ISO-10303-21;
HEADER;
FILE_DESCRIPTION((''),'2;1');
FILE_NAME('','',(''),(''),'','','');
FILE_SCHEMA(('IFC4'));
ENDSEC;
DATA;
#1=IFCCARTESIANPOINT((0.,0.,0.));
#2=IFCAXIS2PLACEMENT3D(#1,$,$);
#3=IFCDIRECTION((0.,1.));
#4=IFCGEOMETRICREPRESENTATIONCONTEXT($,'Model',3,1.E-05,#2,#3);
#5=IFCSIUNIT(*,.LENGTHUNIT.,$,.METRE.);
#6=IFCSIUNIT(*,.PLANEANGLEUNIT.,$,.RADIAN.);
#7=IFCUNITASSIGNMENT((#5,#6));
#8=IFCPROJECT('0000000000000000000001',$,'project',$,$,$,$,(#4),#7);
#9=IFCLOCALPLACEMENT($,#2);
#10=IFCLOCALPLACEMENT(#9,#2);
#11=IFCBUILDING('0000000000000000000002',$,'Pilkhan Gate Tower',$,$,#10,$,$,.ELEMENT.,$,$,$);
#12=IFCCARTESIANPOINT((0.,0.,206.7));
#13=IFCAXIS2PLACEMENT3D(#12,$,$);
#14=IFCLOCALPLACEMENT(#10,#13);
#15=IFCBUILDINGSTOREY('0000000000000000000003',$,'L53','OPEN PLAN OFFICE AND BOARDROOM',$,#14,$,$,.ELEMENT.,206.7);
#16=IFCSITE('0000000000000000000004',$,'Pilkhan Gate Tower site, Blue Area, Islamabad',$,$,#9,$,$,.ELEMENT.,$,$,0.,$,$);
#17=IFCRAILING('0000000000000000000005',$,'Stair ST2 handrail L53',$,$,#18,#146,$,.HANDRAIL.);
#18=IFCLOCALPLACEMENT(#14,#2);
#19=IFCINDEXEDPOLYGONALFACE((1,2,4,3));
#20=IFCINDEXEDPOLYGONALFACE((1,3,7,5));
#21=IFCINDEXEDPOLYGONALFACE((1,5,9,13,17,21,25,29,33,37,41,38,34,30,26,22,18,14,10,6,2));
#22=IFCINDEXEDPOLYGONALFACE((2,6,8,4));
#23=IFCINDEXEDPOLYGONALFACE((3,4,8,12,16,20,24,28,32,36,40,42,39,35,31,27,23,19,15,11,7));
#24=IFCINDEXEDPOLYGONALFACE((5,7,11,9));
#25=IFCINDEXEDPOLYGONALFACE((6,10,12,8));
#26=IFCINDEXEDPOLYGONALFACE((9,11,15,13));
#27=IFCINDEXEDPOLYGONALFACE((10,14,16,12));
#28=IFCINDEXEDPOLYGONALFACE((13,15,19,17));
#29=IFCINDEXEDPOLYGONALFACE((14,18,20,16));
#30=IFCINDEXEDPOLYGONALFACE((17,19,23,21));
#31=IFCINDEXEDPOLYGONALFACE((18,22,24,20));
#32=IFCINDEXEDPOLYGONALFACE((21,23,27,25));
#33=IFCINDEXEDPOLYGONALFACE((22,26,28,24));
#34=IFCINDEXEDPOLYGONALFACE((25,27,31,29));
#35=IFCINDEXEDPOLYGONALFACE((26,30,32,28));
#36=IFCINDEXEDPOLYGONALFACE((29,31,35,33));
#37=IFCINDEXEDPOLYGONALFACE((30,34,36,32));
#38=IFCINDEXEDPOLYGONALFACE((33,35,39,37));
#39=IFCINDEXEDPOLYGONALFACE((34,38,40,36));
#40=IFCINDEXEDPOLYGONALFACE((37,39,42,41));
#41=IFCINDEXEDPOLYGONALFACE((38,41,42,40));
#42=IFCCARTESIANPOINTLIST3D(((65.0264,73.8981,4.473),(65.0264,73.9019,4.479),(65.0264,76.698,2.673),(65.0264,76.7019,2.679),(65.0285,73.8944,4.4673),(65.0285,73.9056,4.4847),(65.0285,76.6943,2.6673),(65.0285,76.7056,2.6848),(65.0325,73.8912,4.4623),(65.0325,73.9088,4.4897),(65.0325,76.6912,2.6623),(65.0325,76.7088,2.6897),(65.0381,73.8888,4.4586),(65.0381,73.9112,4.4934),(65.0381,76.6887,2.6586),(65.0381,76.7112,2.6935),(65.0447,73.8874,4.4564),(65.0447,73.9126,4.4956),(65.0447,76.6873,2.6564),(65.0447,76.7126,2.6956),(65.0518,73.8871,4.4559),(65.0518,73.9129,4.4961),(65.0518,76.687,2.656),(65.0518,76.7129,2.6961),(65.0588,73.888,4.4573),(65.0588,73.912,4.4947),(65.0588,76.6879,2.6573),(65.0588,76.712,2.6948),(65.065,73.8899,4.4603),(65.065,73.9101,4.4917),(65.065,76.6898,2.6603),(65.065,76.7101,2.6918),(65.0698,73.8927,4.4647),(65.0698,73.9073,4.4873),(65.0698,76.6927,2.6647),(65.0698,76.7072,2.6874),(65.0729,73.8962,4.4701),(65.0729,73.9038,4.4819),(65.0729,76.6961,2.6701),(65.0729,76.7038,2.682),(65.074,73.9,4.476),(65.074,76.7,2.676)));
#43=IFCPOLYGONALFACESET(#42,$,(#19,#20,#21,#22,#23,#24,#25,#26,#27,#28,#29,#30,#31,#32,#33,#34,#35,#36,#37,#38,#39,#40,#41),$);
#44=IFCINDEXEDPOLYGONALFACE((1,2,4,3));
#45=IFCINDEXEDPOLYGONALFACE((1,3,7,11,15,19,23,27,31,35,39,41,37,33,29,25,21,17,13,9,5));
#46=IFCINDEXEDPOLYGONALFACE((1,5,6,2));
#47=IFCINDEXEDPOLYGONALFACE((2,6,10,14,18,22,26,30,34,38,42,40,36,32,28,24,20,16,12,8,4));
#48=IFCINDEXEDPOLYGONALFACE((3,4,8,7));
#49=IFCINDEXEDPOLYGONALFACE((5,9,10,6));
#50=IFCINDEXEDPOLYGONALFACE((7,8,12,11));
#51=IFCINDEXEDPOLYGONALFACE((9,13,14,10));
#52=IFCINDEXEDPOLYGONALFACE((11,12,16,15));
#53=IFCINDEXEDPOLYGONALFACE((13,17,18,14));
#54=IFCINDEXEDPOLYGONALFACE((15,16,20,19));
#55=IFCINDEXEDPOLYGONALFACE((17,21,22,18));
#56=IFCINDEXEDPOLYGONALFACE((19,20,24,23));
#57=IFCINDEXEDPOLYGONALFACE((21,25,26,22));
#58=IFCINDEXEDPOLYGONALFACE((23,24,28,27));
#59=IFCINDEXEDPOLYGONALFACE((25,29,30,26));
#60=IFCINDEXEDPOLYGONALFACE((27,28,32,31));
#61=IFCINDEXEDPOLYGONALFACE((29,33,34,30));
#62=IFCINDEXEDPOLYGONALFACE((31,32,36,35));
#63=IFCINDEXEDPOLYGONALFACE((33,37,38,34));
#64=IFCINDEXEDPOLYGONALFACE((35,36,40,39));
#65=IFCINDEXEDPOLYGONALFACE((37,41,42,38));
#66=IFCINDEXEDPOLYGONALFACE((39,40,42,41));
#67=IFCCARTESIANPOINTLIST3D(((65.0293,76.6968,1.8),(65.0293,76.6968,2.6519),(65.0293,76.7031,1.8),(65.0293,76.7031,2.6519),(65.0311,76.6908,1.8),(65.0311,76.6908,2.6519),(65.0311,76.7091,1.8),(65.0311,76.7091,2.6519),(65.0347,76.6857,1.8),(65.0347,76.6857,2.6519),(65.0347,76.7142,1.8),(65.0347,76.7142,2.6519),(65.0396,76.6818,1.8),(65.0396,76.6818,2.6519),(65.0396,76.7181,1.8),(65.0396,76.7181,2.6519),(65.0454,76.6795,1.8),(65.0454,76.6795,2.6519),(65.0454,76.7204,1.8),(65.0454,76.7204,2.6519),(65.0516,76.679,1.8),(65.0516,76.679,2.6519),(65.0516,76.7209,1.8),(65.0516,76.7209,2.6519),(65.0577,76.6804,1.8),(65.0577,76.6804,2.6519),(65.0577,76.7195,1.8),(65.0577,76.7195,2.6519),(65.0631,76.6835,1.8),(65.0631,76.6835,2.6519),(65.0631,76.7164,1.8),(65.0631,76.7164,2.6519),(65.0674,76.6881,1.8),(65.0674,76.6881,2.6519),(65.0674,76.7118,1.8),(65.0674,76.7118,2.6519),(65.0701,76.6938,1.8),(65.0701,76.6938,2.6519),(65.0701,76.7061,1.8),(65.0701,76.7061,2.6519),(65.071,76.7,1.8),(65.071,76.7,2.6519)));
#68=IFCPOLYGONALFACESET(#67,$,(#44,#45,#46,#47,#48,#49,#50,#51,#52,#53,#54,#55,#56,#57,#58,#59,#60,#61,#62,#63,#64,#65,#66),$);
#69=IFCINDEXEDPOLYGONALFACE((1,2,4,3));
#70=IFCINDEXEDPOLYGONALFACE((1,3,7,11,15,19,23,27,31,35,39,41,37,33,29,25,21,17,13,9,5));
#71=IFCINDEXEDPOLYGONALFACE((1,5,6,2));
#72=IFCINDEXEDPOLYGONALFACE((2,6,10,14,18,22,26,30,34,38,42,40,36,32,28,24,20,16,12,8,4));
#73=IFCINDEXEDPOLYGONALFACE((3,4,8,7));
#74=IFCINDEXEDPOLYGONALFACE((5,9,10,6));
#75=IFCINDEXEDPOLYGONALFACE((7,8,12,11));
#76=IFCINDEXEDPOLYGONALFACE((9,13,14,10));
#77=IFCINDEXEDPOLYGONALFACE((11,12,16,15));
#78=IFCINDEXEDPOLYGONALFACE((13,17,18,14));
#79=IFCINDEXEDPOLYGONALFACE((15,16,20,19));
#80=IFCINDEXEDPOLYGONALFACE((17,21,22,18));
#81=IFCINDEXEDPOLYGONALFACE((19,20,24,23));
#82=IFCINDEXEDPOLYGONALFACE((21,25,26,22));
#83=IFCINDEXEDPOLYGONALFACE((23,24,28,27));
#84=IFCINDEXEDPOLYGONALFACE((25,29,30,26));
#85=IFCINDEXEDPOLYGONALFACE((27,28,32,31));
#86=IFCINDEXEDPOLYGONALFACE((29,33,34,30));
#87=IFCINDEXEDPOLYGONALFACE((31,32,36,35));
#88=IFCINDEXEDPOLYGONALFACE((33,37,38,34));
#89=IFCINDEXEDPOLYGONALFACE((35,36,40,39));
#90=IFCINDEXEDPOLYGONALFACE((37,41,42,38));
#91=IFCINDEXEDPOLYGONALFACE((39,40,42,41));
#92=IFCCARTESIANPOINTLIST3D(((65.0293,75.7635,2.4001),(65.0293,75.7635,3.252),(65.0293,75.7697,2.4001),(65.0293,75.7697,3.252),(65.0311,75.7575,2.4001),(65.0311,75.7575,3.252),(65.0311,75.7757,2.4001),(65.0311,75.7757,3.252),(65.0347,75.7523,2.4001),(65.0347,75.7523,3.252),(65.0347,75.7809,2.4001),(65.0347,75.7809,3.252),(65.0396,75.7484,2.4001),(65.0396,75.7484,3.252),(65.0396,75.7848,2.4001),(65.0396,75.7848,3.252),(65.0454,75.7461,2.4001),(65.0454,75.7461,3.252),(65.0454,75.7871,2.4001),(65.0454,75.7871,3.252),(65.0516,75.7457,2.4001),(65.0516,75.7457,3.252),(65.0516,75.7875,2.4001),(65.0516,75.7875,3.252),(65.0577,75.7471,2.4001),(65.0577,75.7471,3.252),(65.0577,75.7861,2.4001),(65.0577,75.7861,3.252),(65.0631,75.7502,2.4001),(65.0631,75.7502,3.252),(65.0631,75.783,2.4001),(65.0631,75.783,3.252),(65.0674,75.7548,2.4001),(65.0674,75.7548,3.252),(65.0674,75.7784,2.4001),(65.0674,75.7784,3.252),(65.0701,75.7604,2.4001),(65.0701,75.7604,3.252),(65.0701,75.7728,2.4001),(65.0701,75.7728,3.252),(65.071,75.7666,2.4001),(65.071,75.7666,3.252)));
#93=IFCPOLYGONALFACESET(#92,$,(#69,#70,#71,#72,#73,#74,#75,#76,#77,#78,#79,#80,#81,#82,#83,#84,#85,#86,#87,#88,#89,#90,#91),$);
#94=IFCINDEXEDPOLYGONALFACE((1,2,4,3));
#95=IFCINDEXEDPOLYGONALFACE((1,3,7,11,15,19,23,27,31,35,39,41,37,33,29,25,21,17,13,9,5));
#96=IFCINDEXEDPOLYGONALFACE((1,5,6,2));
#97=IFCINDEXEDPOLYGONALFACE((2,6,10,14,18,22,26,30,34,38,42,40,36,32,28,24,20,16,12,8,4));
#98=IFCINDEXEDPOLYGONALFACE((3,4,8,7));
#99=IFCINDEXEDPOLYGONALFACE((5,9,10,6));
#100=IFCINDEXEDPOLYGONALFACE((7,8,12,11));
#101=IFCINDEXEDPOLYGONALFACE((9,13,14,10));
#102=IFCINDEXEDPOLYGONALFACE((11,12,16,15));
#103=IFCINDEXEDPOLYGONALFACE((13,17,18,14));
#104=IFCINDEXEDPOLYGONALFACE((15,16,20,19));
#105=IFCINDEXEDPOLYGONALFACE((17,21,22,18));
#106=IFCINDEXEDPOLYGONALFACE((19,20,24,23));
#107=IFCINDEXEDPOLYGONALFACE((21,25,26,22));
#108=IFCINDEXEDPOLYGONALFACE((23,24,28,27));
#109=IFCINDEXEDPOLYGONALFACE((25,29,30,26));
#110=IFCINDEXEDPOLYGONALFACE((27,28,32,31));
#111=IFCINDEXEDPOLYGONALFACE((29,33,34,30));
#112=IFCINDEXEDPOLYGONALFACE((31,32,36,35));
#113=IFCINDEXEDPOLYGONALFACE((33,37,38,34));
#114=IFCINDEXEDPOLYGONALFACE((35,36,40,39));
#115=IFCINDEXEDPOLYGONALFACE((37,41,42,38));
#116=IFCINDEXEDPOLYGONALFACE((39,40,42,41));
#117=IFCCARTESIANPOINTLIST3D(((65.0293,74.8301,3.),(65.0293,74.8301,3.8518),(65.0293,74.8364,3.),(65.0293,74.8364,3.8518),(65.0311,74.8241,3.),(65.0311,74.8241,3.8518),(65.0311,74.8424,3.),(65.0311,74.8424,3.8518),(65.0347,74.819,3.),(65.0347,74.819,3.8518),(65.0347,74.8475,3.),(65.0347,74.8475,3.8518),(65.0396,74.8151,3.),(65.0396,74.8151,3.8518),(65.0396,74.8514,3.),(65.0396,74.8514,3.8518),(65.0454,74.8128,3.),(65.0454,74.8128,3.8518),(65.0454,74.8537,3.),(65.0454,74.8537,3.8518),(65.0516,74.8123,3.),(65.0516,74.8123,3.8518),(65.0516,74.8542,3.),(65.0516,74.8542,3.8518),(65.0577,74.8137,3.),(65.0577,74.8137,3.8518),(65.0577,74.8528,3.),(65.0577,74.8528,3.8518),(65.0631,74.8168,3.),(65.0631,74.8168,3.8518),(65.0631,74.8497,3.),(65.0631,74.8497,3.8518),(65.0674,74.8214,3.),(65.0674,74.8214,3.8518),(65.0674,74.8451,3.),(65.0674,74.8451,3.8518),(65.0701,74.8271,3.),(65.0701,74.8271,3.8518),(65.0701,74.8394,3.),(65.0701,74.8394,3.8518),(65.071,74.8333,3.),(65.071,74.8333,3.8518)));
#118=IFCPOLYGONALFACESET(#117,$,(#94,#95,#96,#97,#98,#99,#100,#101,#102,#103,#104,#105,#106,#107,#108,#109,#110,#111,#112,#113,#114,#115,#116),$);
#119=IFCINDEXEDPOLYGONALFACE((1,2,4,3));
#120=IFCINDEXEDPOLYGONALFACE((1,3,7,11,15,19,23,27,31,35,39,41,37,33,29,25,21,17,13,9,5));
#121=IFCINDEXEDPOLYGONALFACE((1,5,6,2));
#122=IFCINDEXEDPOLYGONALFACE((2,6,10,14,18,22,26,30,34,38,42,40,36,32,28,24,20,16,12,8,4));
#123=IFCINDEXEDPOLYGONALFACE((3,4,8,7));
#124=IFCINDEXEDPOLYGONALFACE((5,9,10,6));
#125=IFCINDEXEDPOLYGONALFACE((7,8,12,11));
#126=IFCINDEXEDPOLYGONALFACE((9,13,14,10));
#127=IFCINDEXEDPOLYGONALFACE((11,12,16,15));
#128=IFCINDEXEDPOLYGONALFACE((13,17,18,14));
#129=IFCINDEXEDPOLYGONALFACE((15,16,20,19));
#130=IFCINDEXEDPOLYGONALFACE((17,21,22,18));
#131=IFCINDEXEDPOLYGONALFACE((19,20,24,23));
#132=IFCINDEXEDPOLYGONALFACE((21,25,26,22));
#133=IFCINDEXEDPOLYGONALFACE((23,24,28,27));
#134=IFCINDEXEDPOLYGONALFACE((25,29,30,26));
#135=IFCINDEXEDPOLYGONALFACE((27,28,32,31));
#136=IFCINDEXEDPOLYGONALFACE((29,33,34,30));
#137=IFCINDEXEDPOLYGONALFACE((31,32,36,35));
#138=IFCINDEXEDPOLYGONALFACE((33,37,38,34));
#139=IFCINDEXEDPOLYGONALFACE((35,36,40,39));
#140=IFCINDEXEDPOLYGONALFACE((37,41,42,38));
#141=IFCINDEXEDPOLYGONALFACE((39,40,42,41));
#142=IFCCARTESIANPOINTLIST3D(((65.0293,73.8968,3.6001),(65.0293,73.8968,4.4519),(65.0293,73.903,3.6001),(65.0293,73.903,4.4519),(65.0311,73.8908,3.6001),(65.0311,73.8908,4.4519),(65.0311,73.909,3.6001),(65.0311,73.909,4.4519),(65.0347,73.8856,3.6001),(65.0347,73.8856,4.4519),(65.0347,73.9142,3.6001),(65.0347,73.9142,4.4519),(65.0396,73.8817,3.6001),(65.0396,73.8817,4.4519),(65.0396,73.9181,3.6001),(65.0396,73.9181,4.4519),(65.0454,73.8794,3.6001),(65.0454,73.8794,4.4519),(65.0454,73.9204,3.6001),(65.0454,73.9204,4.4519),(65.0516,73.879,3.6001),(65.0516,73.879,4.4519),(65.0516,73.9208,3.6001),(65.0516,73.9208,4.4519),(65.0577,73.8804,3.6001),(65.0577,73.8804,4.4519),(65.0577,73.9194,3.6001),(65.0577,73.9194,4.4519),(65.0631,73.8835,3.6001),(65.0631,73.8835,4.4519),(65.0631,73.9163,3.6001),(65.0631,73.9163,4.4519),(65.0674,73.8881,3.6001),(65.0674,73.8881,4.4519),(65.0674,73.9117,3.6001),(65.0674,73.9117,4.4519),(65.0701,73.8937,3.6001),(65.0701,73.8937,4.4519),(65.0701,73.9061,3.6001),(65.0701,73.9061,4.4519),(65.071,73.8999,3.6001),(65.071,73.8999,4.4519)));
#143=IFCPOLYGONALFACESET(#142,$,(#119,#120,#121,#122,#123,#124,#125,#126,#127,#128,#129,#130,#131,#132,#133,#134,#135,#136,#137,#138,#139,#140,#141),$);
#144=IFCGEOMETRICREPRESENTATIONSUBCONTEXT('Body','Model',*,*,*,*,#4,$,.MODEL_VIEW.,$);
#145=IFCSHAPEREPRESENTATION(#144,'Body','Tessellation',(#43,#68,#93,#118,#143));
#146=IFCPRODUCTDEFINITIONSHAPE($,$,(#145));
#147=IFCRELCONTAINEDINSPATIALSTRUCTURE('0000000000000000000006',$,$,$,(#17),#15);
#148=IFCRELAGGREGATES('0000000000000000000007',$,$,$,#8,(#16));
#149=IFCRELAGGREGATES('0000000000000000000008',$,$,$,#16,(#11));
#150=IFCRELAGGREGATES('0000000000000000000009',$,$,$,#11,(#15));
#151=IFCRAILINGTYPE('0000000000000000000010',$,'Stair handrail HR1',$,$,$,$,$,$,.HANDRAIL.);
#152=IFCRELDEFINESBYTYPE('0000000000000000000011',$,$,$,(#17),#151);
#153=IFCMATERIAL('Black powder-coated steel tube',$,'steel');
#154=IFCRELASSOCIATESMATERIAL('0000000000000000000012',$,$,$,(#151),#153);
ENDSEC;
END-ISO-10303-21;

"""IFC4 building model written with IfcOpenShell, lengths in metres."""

from ifc_helpers import new_model, si_unit, direction, frame, origin, origin_2d, place, context, subcontext, project, spatial, circle, extrude, material, type_object, element, save


model = new_model("IFC4")

# Units and contexts
model_context = context("Model", 3, precision=1e-05, world=origin(), true_north=direction((0.0, 1.0)))
body_context = subcontext(model_context, "Body", "Model", "MODEL_VIEW")
ifc_project = project(units=[si_unit("LENGTHUNIT", "METRE"), si_unit("PLANEANGLEUNIT", "RADIAN")], contexts=[model_context])

# Site, building, storey
site_placement = place(None, origin())
site = spatial("IfcSite", under=ifc_project, at=site_placement, Name="Pilkhan Gate Tower site, Blue Area, Islamabad", CompositionType="ELEMENT", RefElevation=0.0)
building_placement = place(site_placement, origin())
building = spatial("IfcBuilding", under=site, at=building_placement, Name="Pilkhan Gate Tower", CompositionType="ELEMENT")
storey_placement = place(building_placement, frame((0.0, 0.0, 206.7)))
storey = spatial("IfcBuildingStorey", under=building, at=storey_placement, Name="L53", Description="OPEN PLAN OFFICE AND BOARDROOM", CompositionType="ELEMENT", Elevation=206.7)

# Railing
ifc_material_1 = material(Name="Black powder-coated steel tube", Category="steel")
railing_type_1 = type_object("IfcRailingType", Name="Stair handrail HR1", PredefinedType="HANDRAIL", material=ifc_material_1)
railing_1_placement = place(storey_placement, frame((65.05, 76.7, 1.8)))
element("IfcRailing", 1, at=railing_1_placement, inside=storey, type_object=railing_type_1, Name="Stair ST2 handrail L53", PredefinedType="HANDRAIL", context=body_context, shape_type="SweptSolid", body=[
    extrude(circle(Radius=0.0239, at=origin_2d()), frame((0.0, 0.0, 0.876), z_axis=(0.0, -0.841176, 0.540761), x_axis=(1.0, 0.0, 0.0)), (0.0, 0.0, 1.0), 3.3286),
    extrude(circle(Radius=0.021, at=origin_2d()), origin(), (0.0, 0.0, 1.0), 0.8518),
    extrude(circle(Radius=0.021, at=origin_2d()), frame((0.0, -0.9333, 0.6001)), (0.0, 0.0, 1.0), 0.8518),
    extrude(circle(Radius=0.021, at=origin_2d()), frame((0.0, -1.8667, 1.2)), (0.0, 0.0, 1.0), 0.8518),
    extrude(circle(Radius=0.021, at=origin_2d()), frame((0.0, -2.8, 1.8)), (0.0, 0.0, 1.0), 0.8518),
])

save(model, "model.ifc")
